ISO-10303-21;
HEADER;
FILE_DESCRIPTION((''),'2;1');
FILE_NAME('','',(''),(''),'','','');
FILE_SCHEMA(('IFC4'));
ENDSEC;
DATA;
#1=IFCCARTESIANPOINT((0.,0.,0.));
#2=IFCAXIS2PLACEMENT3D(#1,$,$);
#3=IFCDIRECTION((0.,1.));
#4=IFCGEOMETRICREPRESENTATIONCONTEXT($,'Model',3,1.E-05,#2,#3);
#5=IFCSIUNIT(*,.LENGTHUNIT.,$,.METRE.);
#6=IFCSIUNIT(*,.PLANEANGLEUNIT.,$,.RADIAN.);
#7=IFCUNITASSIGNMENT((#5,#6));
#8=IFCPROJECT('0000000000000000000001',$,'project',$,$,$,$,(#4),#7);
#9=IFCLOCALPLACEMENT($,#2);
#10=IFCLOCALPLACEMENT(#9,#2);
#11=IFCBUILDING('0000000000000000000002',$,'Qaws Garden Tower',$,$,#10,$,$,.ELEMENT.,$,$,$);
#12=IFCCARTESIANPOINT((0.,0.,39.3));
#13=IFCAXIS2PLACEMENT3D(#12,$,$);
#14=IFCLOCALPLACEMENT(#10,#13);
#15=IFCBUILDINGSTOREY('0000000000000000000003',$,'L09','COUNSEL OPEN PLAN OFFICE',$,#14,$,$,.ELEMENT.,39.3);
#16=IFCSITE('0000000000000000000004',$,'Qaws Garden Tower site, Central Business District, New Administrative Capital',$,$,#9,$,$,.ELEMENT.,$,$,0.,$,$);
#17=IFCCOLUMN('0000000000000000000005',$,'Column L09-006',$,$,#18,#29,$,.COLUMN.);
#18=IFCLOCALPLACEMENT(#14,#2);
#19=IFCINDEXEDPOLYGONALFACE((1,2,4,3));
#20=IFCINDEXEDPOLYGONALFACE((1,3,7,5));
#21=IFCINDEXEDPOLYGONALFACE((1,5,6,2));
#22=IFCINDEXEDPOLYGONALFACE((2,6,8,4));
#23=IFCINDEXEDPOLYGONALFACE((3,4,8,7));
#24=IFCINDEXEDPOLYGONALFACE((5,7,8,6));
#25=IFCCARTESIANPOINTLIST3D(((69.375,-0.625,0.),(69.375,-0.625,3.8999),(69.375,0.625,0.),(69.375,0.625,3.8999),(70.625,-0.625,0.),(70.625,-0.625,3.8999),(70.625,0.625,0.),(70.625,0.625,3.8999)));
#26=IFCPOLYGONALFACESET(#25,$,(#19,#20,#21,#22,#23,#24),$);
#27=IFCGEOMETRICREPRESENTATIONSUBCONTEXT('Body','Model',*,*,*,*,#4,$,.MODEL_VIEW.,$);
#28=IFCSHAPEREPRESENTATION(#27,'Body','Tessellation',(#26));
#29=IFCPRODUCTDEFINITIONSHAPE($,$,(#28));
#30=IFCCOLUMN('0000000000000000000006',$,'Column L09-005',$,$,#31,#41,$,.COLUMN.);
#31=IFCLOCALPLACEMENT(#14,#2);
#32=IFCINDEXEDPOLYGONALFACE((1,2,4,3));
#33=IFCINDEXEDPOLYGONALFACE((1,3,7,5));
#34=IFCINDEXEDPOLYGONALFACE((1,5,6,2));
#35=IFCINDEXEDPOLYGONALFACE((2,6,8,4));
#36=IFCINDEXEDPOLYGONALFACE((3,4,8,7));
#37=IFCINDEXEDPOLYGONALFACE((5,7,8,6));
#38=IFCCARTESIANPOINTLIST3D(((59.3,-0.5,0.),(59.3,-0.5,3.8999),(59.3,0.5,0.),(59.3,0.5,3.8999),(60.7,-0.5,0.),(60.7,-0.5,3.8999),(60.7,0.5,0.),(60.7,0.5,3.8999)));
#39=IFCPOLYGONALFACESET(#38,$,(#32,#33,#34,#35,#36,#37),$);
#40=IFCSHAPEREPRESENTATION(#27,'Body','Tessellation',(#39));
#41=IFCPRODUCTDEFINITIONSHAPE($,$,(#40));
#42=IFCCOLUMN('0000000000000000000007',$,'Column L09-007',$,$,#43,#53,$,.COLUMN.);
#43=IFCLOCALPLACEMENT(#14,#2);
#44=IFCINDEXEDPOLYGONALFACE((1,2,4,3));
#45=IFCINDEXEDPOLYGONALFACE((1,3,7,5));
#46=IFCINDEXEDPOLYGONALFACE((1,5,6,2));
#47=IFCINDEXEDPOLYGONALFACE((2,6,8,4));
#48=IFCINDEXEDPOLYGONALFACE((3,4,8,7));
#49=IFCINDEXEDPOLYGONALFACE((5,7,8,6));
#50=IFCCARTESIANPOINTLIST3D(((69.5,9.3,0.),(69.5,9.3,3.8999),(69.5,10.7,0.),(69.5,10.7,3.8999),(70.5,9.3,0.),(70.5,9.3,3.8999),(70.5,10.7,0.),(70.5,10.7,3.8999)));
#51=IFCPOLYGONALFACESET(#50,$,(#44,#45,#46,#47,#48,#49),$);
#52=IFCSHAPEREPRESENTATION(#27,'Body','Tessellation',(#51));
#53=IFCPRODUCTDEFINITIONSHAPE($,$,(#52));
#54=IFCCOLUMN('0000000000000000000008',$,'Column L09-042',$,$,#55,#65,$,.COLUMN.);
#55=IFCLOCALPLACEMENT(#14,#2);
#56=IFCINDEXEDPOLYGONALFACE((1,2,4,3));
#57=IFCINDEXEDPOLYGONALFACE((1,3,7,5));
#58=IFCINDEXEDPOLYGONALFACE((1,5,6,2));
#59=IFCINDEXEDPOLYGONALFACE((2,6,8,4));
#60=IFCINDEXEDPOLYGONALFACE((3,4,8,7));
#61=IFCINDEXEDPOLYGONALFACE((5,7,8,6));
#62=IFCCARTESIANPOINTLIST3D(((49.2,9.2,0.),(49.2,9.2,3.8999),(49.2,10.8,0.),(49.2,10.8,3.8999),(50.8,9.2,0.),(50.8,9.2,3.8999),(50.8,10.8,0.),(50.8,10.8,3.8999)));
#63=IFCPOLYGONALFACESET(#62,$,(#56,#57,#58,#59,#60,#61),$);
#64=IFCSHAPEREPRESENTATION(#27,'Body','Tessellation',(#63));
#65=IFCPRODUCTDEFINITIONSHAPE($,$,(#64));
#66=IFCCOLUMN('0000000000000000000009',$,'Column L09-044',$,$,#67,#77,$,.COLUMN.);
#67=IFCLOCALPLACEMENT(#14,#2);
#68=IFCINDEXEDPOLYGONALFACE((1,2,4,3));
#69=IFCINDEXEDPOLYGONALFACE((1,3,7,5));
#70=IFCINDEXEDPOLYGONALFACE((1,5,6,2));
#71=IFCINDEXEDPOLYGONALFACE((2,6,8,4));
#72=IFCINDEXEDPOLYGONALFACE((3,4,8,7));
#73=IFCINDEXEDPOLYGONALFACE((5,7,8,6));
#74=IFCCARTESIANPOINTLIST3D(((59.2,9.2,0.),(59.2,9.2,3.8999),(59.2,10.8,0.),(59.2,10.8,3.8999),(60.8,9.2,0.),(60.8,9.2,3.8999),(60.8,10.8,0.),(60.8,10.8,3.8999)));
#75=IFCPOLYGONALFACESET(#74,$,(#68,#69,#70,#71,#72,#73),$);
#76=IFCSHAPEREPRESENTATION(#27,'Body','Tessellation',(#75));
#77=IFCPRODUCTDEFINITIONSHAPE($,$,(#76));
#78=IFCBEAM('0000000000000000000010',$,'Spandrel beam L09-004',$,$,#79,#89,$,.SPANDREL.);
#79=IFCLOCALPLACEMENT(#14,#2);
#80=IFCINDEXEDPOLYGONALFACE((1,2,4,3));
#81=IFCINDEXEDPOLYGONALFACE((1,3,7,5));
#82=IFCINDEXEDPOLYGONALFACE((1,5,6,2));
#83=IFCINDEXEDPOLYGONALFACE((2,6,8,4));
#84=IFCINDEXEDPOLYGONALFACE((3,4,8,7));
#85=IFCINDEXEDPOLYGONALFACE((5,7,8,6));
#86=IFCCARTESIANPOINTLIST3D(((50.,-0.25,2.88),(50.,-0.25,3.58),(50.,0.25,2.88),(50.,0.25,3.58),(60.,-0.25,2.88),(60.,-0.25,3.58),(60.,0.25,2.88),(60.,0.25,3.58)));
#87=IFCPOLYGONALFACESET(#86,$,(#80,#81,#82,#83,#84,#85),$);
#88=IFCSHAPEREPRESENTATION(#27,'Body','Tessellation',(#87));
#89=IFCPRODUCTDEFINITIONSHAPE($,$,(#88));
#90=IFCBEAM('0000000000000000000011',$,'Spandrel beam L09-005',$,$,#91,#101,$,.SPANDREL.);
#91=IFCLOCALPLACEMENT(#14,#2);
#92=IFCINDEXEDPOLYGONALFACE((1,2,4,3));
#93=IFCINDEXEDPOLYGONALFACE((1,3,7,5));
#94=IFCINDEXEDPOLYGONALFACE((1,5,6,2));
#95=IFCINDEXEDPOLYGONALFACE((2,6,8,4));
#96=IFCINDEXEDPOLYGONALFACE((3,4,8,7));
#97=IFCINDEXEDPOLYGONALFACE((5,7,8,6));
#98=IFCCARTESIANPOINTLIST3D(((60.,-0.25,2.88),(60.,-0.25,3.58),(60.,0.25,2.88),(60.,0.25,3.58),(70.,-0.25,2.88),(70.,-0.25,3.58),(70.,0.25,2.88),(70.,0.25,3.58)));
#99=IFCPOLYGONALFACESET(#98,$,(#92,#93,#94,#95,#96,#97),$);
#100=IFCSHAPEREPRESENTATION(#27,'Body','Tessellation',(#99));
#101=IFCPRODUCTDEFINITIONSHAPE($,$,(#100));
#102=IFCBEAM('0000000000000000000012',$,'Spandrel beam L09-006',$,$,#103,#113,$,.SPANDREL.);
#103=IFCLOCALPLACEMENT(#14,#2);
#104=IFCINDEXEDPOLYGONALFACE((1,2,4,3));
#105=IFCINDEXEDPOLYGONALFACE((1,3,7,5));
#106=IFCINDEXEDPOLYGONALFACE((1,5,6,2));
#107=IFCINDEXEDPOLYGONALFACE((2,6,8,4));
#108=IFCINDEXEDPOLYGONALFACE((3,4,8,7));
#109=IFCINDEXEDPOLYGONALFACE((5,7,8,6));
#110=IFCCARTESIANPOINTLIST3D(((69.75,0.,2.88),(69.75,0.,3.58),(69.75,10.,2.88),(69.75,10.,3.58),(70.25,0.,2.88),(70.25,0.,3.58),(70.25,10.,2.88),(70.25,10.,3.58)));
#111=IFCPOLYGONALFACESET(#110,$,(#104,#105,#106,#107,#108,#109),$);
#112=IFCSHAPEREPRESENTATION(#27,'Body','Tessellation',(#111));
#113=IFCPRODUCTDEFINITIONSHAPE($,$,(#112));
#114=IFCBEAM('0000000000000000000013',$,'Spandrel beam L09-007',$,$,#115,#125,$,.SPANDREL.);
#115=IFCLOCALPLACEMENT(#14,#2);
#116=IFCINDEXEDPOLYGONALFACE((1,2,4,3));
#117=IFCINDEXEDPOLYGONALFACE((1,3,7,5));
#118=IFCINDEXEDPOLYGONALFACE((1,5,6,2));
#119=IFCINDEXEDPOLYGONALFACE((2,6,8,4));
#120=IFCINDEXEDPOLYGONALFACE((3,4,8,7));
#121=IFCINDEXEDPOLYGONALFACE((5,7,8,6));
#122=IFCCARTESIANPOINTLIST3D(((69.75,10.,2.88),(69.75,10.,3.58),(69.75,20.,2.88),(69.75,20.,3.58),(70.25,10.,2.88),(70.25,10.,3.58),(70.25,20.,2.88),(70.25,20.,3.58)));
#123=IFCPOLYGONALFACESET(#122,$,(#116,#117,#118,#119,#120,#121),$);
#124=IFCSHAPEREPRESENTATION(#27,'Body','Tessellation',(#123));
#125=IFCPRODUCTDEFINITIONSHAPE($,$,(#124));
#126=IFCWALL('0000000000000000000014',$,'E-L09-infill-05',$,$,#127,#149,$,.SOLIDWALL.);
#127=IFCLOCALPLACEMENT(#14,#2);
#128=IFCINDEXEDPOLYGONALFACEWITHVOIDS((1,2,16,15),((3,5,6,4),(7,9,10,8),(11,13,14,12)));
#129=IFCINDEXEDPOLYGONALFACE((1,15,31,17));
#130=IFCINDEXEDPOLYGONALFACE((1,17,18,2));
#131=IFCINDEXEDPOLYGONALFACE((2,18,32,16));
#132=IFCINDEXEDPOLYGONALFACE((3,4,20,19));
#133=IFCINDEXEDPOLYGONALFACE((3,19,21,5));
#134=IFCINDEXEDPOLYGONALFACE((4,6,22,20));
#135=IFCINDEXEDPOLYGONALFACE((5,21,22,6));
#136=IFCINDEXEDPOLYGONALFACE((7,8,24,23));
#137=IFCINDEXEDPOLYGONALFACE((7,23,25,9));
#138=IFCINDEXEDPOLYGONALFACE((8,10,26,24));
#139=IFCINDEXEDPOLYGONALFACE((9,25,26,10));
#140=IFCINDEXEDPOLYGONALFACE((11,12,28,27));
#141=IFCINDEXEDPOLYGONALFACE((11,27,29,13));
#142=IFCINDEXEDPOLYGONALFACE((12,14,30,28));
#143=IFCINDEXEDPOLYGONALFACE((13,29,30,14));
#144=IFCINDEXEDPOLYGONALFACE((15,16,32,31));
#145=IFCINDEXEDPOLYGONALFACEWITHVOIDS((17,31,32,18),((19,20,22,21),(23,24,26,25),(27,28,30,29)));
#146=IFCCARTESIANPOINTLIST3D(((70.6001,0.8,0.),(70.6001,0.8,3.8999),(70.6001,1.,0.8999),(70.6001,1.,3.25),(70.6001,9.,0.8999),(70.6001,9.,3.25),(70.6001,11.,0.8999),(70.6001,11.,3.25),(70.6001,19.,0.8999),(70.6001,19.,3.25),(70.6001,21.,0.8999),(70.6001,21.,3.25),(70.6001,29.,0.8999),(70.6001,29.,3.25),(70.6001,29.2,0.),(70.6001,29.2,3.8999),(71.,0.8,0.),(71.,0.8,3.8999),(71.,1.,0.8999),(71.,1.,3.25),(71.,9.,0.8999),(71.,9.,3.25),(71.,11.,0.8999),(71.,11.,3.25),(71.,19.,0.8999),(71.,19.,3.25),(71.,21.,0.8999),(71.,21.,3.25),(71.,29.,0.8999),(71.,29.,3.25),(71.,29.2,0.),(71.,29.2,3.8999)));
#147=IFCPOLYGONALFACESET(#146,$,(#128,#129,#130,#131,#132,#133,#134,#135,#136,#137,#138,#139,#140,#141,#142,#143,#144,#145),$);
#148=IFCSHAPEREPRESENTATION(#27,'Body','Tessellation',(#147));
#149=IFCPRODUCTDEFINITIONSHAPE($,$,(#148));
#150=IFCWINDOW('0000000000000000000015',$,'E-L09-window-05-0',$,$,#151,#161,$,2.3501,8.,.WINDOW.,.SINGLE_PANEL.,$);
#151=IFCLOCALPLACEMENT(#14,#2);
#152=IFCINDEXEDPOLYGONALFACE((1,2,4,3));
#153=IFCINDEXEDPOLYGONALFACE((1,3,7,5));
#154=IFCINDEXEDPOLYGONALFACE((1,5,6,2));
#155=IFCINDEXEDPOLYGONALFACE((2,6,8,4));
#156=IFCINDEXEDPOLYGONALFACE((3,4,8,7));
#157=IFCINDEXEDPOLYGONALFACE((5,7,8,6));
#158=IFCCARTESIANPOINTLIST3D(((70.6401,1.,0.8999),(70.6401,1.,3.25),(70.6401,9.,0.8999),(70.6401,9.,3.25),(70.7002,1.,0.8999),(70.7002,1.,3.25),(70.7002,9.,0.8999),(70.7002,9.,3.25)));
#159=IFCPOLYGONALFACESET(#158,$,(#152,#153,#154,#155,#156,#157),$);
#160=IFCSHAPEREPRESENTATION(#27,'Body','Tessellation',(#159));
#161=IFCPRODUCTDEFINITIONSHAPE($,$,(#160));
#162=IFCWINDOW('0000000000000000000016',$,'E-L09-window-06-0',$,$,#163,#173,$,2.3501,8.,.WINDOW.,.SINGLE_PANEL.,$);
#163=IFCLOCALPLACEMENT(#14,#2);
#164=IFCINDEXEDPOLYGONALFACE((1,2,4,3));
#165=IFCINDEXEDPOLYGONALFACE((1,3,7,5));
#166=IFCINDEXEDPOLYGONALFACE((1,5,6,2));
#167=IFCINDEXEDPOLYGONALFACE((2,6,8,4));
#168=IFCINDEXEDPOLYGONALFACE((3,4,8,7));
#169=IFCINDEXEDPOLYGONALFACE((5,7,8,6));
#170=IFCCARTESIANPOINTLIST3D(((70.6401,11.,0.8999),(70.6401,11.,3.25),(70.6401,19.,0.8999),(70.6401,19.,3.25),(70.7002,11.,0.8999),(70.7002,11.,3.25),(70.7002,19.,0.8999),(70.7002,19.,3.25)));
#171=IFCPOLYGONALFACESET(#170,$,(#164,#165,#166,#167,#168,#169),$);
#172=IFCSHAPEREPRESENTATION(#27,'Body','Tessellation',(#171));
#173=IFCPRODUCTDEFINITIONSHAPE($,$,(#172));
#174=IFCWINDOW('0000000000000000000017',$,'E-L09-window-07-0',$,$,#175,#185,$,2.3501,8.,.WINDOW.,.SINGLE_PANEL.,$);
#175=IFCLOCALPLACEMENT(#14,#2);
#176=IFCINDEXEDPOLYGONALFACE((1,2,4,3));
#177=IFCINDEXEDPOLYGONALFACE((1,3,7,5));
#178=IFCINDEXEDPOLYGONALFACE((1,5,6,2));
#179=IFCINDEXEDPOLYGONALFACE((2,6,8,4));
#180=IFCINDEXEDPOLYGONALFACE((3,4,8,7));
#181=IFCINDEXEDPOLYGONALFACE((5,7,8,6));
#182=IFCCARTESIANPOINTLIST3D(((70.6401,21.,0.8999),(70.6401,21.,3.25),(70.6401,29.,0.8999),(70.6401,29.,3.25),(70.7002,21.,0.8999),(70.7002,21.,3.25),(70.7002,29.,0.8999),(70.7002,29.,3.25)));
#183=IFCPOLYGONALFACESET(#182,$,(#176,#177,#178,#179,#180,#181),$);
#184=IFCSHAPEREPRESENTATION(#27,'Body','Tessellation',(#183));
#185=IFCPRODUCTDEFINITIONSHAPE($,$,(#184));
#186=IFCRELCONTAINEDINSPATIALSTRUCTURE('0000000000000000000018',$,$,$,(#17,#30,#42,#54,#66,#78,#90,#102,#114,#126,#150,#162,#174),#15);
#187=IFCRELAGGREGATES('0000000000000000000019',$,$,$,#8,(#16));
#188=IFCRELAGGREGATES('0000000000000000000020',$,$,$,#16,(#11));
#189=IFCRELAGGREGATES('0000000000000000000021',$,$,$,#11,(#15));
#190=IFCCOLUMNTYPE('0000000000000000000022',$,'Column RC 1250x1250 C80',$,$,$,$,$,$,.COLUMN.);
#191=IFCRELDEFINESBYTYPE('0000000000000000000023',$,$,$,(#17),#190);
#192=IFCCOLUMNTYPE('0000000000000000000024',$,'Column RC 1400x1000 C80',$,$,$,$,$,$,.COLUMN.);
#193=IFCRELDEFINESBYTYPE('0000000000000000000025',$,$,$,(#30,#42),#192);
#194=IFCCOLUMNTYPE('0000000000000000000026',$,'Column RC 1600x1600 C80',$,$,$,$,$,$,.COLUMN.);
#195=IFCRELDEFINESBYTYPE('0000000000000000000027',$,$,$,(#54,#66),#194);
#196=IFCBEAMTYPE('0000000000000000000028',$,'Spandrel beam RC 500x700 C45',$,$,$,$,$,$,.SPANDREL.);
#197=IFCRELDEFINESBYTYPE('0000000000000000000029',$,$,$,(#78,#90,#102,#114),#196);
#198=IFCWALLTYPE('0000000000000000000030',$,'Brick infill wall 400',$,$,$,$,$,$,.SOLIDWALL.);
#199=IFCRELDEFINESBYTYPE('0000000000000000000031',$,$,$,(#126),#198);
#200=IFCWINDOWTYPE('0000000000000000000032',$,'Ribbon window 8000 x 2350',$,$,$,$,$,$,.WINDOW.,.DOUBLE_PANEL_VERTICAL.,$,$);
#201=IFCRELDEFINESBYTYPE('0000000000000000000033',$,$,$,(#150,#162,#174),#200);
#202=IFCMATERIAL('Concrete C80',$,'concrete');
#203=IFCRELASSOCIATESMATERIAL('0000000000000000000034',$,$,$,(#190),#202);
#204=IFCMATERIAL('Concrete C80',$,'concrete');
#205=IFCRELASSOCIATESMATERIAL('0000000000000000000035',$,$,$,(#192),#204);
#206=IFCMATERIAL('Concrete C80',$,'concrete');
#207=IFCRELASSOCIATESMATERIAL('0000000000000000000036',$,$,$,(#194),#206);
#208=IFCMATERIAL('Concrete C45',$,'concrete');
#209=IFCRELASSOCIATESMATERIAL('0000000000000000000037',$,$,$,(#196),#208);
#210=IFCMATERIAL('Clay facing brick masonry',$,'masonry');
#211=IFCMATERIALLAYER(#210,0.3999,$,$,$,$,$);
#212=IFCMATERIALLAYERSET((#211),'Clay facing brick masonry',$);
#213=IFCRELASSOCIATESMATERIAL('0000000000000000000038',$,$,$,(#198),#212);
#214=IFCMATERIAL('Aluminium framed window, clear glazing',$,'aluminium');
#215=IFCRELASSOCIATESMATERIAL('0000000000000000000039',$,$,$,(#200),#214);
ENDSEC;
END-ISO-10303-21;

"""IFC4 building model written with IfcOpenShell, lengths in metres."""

from ifc_helpers import new_model, si_unit, direction, frame, frame_2d, origin, origin_2d, place, context, subcontext, project, spatial, rectangle, extrude, material, layer, layer_set, material_profile, profile_set, type_object, element, fill, save


model = new_model("IFC4")

# Units and contexts
model_context = context("Model", 3, precision=1e-05, world=origin(), true_north=direction((0.0, 1.0)))
body_context = subcontext(model_context, "Body", "Model", "MODEL_VIEW")
ifc_project = project(units=[si_unit("LENGTHUNIT", "METRE"), si_unit("PLANEANGLEUNIT", "RADIAN")], contexts=[model_context])

# Site, building, storey
site_placement = place(None, origin())
site = spatial("IfcSite", under=ifc_project, at=site_placement, Name="Qaws Garden Tower site, Central Business District, New Administrative Capital", CompositionType="ELEMENT", RefElevation=0.0)
building_placement = place(site_placement, origin())
building = spatial("IfcBuilding", under=site, at=building_placement, Name="Qaws Garden Tower", CompositionType="ELEMENT")
storey_placement = place(building_placement, frame((0.0, 0.0, 39.3)))
storey = spatial("IfcBuildingStorey", under=building, at=storey_placement, Name="L09", Description="COUNSEL OPEN PLAN OFFICE", CompositionType="ELEMENT", Elevation=39.3)

# Columns
ifc_material_1 = material(Name="Concrete C80", Category="concrete")
ifc_material_profile_1 = material_profile(ifc_material_1, rectangle(XDim=1.25, YDim=1.25, at=origin_2d()), Name="RC 1250x1250")
ifc_profile_set_1 = profile_set([ifc_material_profile_1], Name="Concrete C80")
column_type_1 = type_object("IfcColumnType", Name="Column RC 1250x1250 C80", PredefinedType="COLUMN", material=ifc_profile_set_1)
column_placement = place(storey_placement, frame((70.0, 0.0, 0.0), z_axis=(0.0, 0.0, 1.0), x_axis=(1.0, 0.0, 0.0)))
element("IfcColumn", 1, at=column_placement, inside=storey, type_object=column_type_1, Name="Column L09-006", PredefinedType="COLUMN", context=body_context, shape_type="SweptSolid", body=[
    extrude(rectangle(XDim=1.25, YDim=1.25, at=origin_2d()), origin(), (0.0, 0.0, 1.0), 3.8999),
])
ifc_material_2 = material(Name="Concrete C80", Category="concrete")
ifc_material_profile_2 = material_profile(ifc_material_2, rectangle(XDim=1.3999, YDim=1.0, at=origin_2d()), Name="RC 1400x1000")
ifc_profile_set_2 = profile_set([ifc_material_profile_2], Name="Concrete C80")
column_type_2 = type_object("IfcColumnType", Name="Column RC 1400x1000 C80", PredefinedType="COLUMN", material=ifc_profile_set_2)
for number, where, z_axis, x_axis, name in (
    (2, (60.0, 0.0, 0.0), (0.0, 0.0, 1.0), (1.0, 0.0, 0.0), "Column L09-005"),
    (3, (70.0, 10.0, 0.0), (0.0, 0.0, 1.0), (0.0, 1.0, 0.0), "Column L09-007"),
):
    element("IfcColumn", number, at=place(storey_placement, frame(where, z_axis=z_axis, x_axis=x_axis)), inside=storey, type_object=column_type_2, Name=name, PredefinedType="COLUMN", context=body_context, shape_type="SweptSolid", body=[
        extrude(rectangle(XDim=1.3999, YDim=1.0, at=origin_2d()), origin(), (0.0, 0.0, 1.0), 3.8999),
    ])
ifc_material_3 = material(Name="Concrete C80", Category="concrete")
ifc_material_profile_3 = material_profile(ifc_material_3, rectangle(XDim=1.6001, YDim=1.6001, at=origin_2d()), Name="RC 1600x1600")
ifc_profile_set_3 = profile_set([ifc_material_profile_3], Name="Concrete C80")
column_type_3 = type_object("IfcColumnType", Name="Column RC 1600x1600 C80", PredefinedType="COLUMN", material=ifc_profile_set_3)
for number, where, z_axis, x_axis, name in (
    (4, (50.0, 10.0, 0.0), (0.0, 0.0, 1.0), (1.0, 0.0, 0.0), "Column L09-042"),
    (5, (60.0, 10.0, 0.0), (0.0, 0.0, 1.0), (1.0, 0.0, 0.0), "Column L09-044"),
):
    element("IfcColumn", number, at=place(storey_placement, frame(where, z_axis=z_axis, x_axis=x_axis)), inside=storey, type_object=column_type_3, Name=name, PredefinedType="COLUMN", context=body_context, shape_type="SweptSolid", body=[
        extrude(rectangle(XDim=1.6001, YDim=1.6001, at=origin_2d()), origin(), (0.0, 0.0, 1.0), 3.8999),
    ])

# Beams
ifc_material_4 = material(Name="Concrete C45", Category="concrete")
ifc_material_profile_4 = material_profile(ifc_material_4, rectangle(XDim=0.5, YDim=0.7, at=origin_2d()), Name="RC 500x700")
ifc_profile_set_4 = profile_set([ifc_material_profile_4], Name="Concrete C45")
beam_type = type_object("IfcBeamType", Name="Spandrel beam RC 500x700 C45", PredefinedType="SPANDREL", material=ifc_profile_set_4)
for number, where, z_axis, x_axis, name in (
    (6, (50.0, 0.0, 3.23), (1.0, 0.0, 0.0), (0.0, 1.0, 0.0), "Spandrel beam L09-004"),
    (7, (60.0, 0.0, 3.23), (1.0, 0.0, 0.0), (0.0, 1.0, 0.0), "Spandrel beam L09-005"),
    (8, (70.0, 0.0, 3.23), (0.0, 1.0, 0.0), (-1.0, 0.0, 0.0), "Spandrel beam L09-006"),
    (9, (70.0, 10.0, 3.23), (0.0, 1.0, 0.0), (-1.0, 0.0, 0.0), "Spandrel beam L09-007"),
):
    element("IfcBeam", number, at=place(storey_placement, frame(where, z_axis=z_axis, x_axis=x_axis)), inside=storey, type_object=beam_type, Name=name, PredefinedType="SPANDREL", context=body_context, shape_type="SweptSolid", body=[
        extrude(rectangle(XDim=0.5, YDim=0.7, at=origin_2d()), origin(), (0.0, 0.0, 1.0), 10.0),
    ])

# Wall, openings, windows
ifc_material_5 = material(Name="Clay facing brick masonry", Category="masonry")
ifc_layer_1 = layer(ifc_material_5, 0.3999)
ifc_layer_set_1 = layer_set([ifc_layer_1], Name="Clay facing brick masonry")
wall_type_1 = type_object("IfcWallType", Name="Brick infill wall 400", PredefinedType="SOLIDWALL", material=ifc_layer_set_1)
wall_1_placement = place(storey_placement, frame((70.8, 0.8, 0.0), z_axis=(0.0, 0.0, 1.0), x_axis=(0.0, 1.0, 0.0)))
wall_1 = element("IfcWall", 10, at=wall_1_placement, inside=storey, type_object=wall_type_1, Name="E-L09-infill-05", PredefinedType="SOLIDWALL", context=body_context, shape_type="SweptSolid", body=[
    extrude(rectangle(XDim=28.3999, YDim=0.3999, at=frame_2d((14.2, 0.0))), origin(), (0.0, 0.0, 1.0), 3.8999),
])
opening_1_placement = place(wall_1_placement, frame((0.2, 0.0, 0.8999)))
opening_1 = element("IfcOpeningElement", 11, at=opening_1_placement, cuts=wall_1, PredefinedType="OPENING", context=body_context, shape_type="SweptSolid", body=[
    extrude(rectangle(XDim=8.0, YDim=2.3501, at=frame_2d((4.0, 1.175))), frame((0.0, 0.21, 0.0), z_axis=(0.0, -1.0, 0.0), x_axis=(1.0, 0.0, 0.0)), (0.0, 0.0, 1.0), 0.4199),
])
opening_2_placement = place(wall_1_placement, frame((10.2, 0.0, 0.8999)))
opening_2 = element("IfcOpeningElement", 12, at=opening_2_placement, cuts=wall_1, PredefinedType="OPENING", context=body_context, shape_type="SweptSolid", body=[
    extrude(rectangle(XDim=8.0, YDim=2.3501, at=frame_2d((4.0, 1.175))), frame((0.0, 0.21, 0.0), z_axis=(0.0, -1.0, 0.0), x_axis=(1.0, 0.0, 0.0)), (0.0, 0.0, 1.0), 0.4199),
])
opening_3_placement = place(wall_1_placement, frame((20.2, 0.0, 0.8999)))
opening_3 = element("IfcOpeningElement", 13, at=opening_3_placement, cuts=wall_1, PredefinedType="OPENING", context=body_context, shape_type="SweptSolid", body=[
    extrude(rectangle(XDim=8.0, YDim=2.3501, at=frame_2d((4.0, 1.175))), frame((0.0, 0.21, 0.0), z_axis=(0.0, -1.0, 0.0), x_axis=(1.0, 0.0, 0.0)), (0.0, 0.0, 1.0), 0.4199),
])
ifc_material_6 = material(Name="Aluminium framed window, clear glazing", Category="aluminium")
window_type = type_object("IfcWindowType", Name="Ribbon window 8000 x 2350", PartitioningType="DOUBLE_PANEL_VERTICAL", PredefinedType="WINDOW", material=ifc_material_6)
window_1_placement = place(opening_1_placement, origin())
window_1 = element("IfcWindow", 14, at=window_1_placement, inside=storey, type_object=window_type, Name="E-L09-window-05-0", OverallHeight=2.3501, OverallWidth=8.0, PartitioningType="SINGLE_PANEL", PredefinedType="WINDOW", context=body_context, shape_type="SweptSolid", body=[
    extrude(rectangle(XDim=8.0, YDim=2.3501, at=frame_2d((4.0, 1.175))), frame((0.0, 0.1599, 0.0), z_axis=(0.0, -1.0, 0.0), x_axis=(1.0, 0.0, 0.0)), (0.0, 0.0, 1.0), 0.0601),
])
fill(opening_1, window_1)
window_2_placement = place(opening_2_placement, origin())
window_2 = element("IfcWindow", 15, at=window_2_placement, inside=storey, type_object=window_type, Name="E-L09-window-06-0", OverallHeight=2.3501, OverallWidth=8.0, PartitioningType="SINGLE_PANEL", PredefinedType="WINDOW", context=body_context, shape_type="SweptSolid", body=[
    extrude(rectangle(XDim=8.0, YDim=2.3501, at=frame_2d((4.0, 1.175))), frame((0.0, 0.1599, 0.0), z_axis=(0.0, -1.0, 0.0), x_axis=(1.0, 0.0, 0.0)), (0.0, 0.0, 1.0), 0.0601),
])
fill(opening_2, window_2)
window_3_placement = place(opening_3_placement, origin())
window_3 = element("IfcWindow", 16, at=window_3_placement, inside=storey, type_object=window_type, Name="E-L09-window-07-0", OverallHeight=2.3501, OverallWidth=8.0, PartitioningType="SINGLE_PANEL", PredefinedType="WINDOW", context=body_context, shape_type="SweptSolid", body=[
    extrude(rectangle(XDim=8.0, YDim=2.3501, at=frame_2d((4.0, 1.175))), frame((0.0, 0.1599, 0.0), z_axis=(0.0, -1.0, 0.0), x_axis=(1.0, 0.0, 0.0)), (0.0, 0.0, 1.0), 0.0601),
])
fill(opening_3, window_3)

save(model, "model.ifc")
